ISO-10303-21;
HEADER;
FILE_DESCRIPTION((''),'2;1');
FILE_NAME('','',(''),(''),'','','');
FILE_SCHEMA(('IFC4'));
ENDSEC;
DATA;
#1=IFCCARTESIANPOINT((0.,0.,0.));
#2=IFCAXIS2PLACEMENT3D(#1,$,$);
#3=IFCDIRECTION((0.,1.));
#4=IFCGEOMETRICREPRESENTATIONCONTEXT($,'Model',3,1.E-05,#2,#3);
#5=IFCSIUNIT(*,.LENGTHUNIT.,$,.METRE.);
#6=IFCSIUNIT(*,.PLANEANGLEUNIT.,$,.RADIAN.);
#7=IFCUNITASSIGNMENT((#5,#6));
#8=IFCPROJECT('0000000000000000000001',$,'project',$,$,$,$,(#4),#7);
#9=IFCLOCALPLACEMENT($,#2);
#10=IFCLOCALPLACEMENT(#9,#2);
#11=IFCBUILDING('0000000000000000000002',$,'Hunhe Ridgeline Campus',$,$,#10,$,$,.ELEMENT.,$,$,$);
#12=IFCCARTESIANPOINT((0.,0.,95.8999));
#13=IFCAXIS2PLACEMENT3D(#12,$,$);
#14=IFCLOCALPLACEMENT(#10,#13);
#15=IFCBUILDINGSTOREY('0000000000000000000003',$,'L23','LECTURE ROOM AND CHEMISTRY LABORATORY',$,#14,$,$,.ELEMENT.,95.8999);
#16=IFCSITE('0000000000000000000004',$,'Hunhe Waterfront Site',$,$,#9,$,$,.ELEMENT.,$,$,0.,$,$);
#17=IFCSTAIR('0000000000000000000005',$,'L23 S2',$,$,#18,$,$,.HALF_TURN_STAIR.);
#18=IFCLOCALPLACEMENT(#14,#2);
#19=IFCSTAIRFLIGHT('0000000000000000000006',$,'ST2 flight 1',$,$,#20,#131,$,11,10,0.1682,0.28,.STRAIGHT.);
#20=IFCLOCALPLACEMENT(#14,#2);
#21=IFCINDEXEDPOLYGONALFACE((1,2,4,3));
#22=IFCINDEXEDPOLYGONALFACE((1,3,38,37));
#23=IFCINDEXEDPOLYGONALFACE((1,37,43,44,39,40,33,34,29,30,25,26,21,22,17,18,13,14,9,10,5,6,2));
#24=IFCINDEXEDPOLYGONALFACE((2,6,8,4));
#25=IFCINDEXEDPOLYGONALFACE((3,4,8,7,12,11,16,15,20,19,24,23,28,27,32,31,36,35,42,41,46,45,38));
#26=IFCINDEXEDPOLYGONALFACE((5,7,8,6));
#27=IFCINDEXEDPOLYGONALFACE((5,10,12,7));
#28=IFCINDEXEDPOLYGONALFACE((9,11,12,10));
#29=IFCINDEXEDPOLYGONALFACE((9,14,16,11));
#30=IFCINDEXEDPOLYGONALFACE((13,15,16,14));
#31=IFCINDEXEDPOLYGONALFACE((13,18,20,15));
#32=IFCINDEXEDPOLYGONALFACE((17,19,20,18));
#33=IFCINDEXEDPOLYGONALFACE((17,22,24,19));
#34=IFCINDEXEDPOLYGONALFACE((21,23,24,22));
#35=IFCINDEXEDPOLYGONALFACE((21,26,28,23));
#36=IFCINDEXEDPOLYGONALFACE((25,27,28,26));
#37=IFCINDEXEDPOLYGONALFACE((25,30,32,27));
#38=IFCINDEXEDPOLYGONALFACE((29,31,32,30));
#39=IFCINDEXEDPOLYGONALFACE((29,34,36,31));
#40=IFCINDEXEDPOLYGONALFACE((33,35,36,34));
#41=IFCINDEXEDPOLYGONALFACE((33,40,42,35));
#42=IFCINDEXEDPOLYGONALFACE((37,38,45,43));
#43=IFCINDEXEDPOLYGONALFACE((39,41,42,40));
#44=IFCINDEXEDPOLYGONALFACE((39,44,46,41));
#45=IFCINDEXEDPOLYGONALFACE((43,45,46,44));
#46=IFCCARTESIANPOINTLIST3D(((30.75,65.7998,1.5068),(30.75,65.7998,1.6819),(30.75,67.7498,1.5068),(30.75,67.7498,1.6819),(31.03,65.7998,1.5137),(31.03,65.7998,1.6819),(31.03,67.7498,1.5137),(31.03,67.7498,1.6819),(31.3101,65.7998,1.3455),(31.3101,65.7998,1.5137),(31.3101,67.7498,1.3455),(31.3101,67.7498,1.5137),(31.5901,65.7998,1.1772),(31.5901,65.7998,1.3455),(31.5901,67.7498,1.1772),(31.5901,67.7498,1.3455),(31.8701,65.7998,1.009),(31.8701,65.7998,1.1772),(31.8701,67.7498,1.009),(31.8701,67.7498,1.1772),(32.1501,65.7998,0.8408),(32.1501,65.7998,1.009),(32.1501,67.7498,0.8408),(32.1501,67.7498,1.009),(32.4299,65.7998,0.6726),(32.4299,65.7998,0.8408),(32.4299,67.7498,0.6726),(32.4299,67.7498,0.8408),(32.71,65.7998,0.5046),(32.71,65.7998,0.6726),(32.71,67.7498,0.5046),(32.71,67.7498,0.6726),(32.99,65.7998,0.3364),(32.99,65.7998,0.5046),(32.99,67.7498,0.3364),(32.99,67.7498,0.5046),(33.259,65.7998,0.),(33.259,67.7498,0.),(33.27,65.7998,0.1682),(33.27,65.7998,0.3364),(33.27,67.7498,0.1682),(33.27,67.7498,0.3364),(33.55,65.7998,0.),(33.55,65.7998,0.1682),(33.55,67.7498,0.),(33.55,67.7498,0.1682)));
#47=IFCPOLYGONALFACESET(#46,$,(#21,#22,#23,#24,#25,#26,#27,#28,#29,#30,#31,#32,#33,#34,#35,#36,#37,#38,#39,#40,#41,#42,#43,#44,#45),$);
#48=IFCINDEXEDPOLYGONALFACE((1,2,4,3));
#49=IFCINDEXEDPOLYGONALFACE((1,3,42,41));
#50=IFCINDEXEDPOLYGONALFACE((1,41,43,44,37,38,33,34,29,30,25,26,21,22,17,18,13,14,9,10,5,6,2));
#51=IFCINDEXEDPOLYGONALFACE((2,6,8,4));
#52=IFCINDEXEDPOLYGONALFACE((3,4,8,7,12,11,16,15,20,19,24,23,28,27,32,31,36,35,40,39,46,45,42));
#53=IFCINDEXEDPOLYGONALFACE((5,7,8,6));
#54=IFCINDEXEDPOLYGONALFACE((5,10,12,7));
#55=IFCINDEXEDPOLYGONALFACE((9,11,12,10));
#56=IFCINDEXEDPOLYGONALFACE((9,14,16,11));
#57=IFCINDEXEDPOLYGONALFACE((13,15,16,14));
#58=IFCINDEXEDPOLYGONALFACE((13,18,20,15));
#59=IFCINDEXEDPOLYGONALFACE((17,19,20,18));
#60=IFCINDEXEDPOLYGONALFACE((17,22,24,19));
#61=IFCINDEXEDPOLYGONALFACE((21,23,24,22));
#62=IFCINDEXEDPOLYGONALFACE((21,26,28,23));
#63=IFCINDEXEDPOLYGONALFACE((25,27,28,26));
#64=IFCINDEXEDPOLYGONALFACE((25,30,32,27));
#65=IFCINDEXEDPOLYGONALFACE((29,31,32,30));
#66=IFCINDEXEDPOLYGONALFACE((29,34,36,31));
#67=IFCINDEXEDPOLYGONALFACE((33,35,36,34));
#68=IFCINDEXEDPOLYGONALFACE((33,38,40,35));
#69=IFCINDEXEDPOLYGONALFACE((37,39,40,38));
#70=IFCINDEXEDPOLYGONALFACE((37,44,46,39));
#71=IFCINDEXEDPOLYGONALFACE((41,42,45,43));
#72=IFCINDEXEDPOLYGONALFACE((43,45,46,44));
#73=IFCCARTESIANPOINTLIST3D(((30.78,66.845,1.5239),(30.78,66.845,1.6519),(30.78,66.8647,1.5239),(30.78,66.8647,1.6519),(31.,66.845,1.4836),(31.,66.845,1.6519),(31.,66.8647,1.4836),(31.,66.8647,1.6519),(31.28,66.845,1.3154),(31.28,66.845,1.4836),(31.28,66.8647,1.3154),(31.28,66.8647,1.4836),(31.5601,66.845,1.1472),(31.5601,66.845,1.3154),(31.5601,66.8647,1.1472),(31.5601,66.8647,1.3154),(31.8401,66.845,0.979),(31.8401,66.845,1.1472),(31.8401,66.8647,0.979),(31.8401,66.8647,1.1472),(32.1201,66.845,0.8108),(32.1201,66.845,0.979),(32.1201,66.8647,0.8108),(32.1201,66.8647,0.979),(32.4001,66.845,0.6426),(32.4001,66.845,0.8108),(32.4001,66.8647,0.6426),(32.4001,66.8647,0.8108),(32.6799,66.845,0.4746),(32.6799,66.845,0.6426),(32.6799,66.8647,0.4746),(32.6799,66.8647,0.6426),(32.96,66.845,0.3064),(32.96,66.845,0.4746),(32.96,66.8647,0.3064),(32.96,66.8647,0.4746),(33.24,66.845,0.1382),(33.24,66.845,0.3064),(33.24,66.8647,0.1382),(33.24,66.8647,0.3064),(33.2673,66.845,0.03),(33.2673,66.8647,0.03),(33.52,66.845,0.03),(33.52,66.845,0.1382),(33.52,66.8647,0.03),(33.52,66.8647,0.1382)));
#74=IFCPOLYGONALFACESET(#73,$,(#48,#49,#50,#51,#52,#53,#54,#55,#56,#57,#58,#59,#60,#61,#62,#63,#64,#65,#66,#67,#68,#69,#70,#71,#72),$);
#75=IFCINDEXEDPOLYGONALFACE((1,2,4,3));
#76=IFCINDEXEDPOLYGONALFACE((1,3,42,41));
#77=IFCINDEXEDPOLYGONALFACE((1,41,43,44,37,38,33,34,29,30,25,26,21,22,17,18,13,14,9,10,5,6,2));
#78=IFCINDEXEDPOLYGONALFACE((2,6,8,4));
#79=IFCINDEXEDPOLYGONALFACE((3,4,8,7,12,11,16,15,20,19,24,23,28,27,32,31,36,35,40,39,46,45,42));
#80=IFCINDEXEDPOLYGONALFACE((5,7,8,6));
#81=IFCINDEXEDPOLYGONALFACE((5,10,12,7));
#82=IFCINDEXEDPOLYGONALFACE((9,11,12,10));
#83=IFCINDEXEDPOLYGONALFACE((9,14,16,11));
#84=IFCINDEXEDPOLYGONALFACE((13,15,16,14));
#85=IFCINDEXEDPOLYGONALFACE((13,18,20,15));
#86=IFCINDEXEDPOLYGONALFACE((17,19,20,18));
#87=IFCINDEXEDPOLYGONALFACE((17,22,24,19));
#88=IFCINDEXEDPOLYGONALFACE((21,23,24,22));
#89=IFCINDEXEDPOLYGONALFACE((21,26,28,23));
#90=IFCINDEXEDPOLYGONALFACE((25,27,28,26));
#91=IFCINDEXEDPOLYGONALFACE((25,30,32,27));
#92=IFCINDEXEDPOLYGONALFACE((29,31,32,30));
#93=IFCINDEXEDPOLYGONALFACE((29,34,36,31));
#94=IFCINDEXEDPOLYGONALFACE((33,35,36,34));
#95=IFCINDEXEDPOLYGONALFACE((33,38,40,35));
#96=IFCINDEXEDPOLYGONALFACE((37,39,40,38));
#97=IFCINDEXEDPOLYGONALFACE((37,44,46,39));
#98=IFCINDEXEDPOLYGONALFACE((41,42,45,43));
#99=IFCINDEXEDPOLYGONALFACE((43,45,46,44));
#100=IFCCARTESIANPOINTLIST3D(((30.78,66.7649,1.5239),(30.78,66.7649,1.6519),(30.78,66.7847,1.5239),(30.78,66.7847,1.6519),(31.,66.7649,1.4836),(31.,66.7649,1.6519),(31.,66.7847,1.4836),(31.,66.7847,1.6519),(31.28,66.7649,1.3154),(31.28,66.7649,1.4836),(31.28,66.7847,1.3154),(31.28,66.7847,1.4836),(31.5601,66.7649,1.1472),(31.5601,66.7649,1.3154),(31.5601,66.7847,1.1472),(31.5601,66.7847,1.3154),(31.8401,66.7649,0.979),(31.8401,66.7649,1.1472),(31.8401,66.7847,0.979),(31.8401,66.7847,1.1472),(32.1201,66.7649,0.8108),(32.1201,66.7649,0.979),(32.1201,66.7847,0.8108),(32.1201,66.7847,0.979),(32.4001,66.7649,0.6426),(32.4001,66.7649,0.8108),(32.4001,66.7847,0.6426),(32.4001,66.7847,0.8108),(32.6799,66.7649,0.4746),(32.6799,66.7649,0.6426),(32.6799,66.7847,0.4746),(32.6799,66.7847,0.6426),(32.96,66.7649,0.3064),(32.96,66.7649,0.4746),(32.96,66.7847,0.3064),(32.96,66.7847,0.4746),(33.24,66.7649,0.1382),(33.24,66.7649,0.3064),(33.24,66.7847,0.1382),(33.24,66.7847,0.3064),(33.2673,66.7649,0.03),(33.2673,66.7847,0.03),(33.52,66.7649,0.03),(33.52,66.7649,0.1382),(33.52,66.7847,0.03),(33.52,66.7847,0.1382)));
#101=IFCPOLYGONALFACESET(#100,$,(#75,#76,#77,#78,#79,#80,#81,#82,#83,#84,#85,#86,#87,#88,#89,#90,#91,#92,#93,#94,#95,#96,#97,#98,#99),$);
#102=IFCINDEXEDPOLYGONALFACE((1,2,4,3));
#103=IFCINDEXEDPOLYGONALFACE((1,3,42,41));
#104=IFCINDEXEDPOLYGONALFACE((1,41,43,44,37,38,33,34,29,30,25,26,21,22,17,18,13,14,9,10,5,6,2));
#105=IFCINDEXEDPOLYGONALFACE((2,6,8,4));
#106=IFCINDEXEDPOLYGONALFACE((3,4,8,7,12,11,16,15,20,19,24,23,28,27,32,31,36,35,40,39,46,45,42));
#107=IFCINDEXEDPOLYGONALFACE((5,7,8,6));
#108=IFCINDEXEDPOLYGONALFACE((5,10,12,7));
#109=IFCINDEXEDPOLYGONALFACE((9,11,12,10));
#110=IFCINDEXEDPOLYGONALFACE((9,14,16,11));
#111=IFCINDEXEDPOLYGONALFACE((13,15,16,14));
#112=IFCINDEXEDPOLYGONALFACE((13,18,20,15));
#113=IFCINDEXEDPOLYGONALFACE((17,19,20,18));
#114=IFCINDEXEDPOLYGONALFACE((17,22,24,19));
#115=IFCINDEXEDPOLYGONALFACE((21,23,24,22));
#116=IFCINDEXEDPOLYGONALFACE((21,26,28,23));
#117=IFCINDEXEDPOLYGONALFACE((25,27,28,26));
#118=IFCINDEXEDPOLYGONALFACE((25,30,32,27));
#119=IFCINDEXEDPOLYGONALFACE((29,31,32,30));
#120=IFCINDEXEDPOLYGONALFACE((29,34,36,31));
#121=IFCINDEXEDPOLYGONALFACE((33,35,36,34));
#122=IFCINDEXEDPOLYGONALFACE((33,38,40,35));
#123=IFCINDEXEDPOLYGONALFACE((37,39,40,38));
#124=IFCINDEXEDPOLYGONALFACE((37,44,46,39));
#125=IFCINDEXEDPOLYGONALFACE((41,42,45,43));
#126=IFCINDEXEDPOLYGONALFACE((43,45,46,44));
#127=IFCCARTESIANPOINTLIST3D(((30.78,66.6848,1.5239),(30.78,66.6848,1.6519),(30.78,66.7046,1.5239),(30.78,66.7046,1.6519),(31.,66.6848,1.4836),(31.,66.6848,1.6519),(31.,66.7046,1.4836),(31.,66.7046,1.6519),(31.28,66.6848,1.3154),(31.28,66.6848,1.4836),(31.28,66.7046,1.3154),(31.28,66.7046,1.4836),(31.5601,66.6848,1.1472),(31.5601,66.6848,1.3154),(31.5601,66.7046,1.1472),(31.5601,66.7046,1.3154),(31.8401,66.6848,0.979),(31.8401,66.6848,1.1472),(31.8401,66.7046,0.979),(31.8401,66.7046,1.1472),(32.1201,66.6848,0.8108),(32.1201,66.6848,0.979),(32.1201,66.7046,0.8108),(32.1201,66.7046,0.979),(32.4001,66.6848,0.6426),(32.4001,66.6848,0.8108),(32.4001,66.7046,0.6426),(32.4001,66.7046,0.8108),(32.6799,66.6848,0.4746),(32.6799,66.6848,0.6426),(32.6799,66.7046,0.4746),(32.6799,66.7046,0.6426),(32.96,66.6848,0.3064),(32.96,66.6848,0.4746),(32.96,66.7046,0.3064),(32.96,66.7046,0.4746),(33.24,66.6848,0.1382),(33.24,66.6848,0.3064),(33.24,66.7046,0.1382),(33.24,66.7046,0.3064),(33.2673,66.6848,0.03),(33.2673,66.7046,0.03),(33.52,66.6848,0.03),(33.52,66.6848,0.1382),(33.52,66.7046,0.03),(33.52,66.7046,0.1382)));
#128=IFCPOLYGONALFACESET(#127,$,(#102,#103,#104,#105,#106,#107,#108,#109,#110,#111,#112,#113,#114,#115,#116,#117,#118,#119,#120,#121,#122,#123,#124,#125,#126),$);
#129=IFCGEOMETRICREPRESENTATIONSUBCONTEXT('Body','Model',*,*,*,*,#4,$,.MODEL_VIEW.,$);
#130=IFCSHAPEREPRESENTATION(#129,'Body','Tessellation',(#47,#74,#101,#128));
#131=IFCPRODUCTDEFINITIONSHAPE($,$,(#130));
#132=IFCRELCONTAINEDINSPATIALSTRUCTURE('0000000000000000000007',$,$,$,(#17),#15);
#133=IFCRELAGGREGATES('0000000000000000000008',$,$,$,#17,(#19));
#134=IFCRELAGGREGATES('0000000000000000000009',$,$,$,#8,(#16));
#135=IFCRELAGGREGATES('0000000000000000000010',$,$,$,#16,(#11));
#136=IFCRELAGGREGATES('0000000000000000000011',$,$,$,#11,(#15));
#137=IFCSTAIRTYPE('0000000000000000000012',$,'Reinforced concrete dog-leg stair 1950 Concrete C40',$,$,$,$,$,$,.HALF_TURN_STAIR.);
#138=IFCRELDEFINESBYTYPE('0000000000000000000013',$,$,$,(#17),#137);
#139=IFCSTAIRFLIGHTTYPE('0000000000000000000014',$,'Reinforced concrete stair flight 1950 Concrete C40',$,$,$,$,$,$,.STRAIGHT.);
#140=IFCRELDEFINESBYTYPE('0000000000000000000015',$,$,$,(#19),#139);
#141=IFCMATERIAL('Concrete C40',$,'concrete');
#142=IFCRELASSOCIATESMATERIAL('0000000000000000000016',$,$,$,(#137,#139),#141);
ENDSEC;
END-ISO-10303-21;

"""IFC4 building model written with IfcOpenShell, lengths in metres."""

from ifc_helpers import new_model, si_unit, direction, frame, origin, place, context, subcontext, project, spatial, polyline, outline, extrude, material, type_object, element, aggregate, save


model = new_model("IFC4")

# Units and contexts
model_context = context("Model", 3, precision=1e-05, world=origin(), true_north=direction((0.0, 1.0)))
body_context = subcontext(model_context, "Body", "Model", "MODEL_VIEW")
ifc_project = project(units=[si_unit("LENGTHUNIT", "METRE"), si_unit("PLANEANGLEUNIT", "RADIAN")], contexts=[model_context])

# Site, building, storey
site_placement = place(None, origin())
site = spatial("IfcSite", under=ifc_project, at=site_placement, Name="Hunhe Waterfront Site", CompositionType="ELEMENT", RefElevation=0.0)
building_placement = place(site_placement, origin())
building = spatial("IfcBuilding", under=site, at=building_placement, Name="Hunhe Ridgeline Campus", CompositionType="ELEMENT")
storey_placement = place(building_placement, frame((0.0, 0.0, 95.8999)))
storey = spatial("IfcBuildingStorey", under=building, at=storey_placement, Name="L23", Description="LECTURE ROOM AND CHEMISTRY LABORATORY", CompositionType="ELEMENT", Elevation=95.8999)

# Stair, stair flight
ifc_material_1 = material(Name="Concrete C40", Category="concrete")
stair_type = type_object("IfcStairType", Name="Reinforced concrete dog-leg stair 1950 Concrete C40", PredefinedType="HALF_TURN_STAIR", material=ifc_material_1)
stair_placement = place(storey_placement, origin())
stair = element("IfcStair", 1, at=stair_placement, inside=storey, type_object=stair_type, Name="L23 S2", PredefinedType="HALF_TURN_STAIR")
stair_flight_type = type_object("IfcStairFlightType", Name="Reinforced concrete stair flight 1950 Concrete C40", PredefinedType="STRAIGHT", material=ifc_material_1)
stair_flight_1_placement = place(storey_placement, frame((33.55, 66.7749, 0.0), z_axis=(0.0, 0.0, 1.0), x_axis=(-1.0, 0.0, 0.0)))
stair_flight_1 = element("IfcStairFlight", 2, at=stair_flight_1_placement, type_object=stair_flight_type, Name="ST2 flight 1", NumberOfRisers=11, NumberOfTreads=10, PredefinedType="STRAIGHT", RiserHeight=0.1682, TreadLength=0.28, context=body_context, shape_type="SweptSolid", body=[
    extrude(outline(polyline([(0.0, 0.0), (0.0, 0.1682), (0.28, 0.1682), (0.28, 0.3364), (0.5601, 0.3364), (0.5601, 0.5046), (0.8401, 0.5046), (0.8401, 0.6726), (1.1201, 0.6726), (1.1201, 0.8408), (1.3999, 0.8408), (1.3999, 1.009), (1.6799, 1.009), (1.6799, 1.1772), (1.96, 1.1772), (1.96, 1.3455), (2.24, 1.3455), (2.24, 1.5137), (2.52, 1.5137), (2.52, 1.6819), (2.8, 1.6819), (2.8, 1.8501), (2.8, 1.5068), (0.291, 0.0), (0.0, 0.0)])), frame((0.0, 0.9751, 0.0), z_axis=(0.0, -1.0, 0.0), x_axis=(1.0, 0.0, 0.0)), (0.0, 0.0, 1.0), 1.95),
    extrude(outline(polyline([(0.03, 0.03), (0.03, 0.1382), (0.3101, 0.1382), (0.3101, 0.3064), (0.5901, 0.3064), (0.5901, 0.4746), (0.8701, 0.4746), (0.8701, 0.6426), (1.1499, 0.6426), (1.1499, 0.8108), (1.4299, 0.8108), (1.4299, 0.979), (1.71, 0.979), (1.71, 1.1472), (1.99, 1.1472), (1.99, 1.3154), (2.27, 1.3154), (2.27, 1.4836), (2.55, 1.4836), (2.55, 1.6519), (2.77, 1.6519), (2.77, 1.5239), (0.2827, 0.03), (0.03, 0.03)])), frame((0.0, -0.0701, 0.0), z_axis=(0.0, -1.0, 0.0), x_axis=(1.0, 0.0, 0.0)), (0.0, 0.0, 1.0), 0.0198),
    extrude(outline(polyline([(0.03, 0.03), (0.03, 0.1382), (0.3101, 0.1382), (0.3101, 0.3064), (0.5901, 0.3064), (0.5901, 0.4746), (0.8701, 0.4746), (0.8701, 0.6426), (1.1499, 0.6426), (1.1499, 0.8108), (1.4299, 0.8108), (1.4299, 0.979), (1.71, 0.979), (1.71, 1.1472), (1.99, 1.1472), (1.99, 1.3154), (2.27, 1.3154), (2.27, 1.4836), (2.55, 1.4836), (2.55, 1.6519), (2.77, 1.6519), (2.77, 1.5239), (0.2827, 0.03), (0.03, 0.03)])), frame((0.0, 0.01, 0.0), z_axis=(0.0, -1.0, 0.0), x_axis=(1.0, 0.0, 0.0)), (0.0, 0.0, 1.0), 0.0198),
    extrude(outline(polyline([(0.03, 0.03), (0.03, 0.1382), (0.3101, 0.1382), (0.3101, 0.3064), (0.5901, 0.3064), (0.5901, 0.4746), (0.8701, 0.4746), (0.8701, 0.6426), (1.1499, 0.6426), (1.1499, 0.8108), (1.4299, 0.8108), (1.4299, 0.979), (1.71, 0.979), (1.71, 1.1472), (1.99, 1.1472), (1.99, 1.3154), (2.27, 1.3154), (2.27, 1.4836), (2.55, 1.4836), (2.55, 1.6519), (2.77, 1.6519), (2.77, 1.5239), (0.2827, 0.03), (0.03, 0.03)])), frame((0.0, 0.0901, 0.0), z_axis=(0.0, -1.0, 0.0), x_axis=(1.0, 0.0, 0.0)), (0.0, 0.0, 1.0), 0.0198),
])
aggregate(stair, [stair_flight_1])

save(model, "model.ifc")
